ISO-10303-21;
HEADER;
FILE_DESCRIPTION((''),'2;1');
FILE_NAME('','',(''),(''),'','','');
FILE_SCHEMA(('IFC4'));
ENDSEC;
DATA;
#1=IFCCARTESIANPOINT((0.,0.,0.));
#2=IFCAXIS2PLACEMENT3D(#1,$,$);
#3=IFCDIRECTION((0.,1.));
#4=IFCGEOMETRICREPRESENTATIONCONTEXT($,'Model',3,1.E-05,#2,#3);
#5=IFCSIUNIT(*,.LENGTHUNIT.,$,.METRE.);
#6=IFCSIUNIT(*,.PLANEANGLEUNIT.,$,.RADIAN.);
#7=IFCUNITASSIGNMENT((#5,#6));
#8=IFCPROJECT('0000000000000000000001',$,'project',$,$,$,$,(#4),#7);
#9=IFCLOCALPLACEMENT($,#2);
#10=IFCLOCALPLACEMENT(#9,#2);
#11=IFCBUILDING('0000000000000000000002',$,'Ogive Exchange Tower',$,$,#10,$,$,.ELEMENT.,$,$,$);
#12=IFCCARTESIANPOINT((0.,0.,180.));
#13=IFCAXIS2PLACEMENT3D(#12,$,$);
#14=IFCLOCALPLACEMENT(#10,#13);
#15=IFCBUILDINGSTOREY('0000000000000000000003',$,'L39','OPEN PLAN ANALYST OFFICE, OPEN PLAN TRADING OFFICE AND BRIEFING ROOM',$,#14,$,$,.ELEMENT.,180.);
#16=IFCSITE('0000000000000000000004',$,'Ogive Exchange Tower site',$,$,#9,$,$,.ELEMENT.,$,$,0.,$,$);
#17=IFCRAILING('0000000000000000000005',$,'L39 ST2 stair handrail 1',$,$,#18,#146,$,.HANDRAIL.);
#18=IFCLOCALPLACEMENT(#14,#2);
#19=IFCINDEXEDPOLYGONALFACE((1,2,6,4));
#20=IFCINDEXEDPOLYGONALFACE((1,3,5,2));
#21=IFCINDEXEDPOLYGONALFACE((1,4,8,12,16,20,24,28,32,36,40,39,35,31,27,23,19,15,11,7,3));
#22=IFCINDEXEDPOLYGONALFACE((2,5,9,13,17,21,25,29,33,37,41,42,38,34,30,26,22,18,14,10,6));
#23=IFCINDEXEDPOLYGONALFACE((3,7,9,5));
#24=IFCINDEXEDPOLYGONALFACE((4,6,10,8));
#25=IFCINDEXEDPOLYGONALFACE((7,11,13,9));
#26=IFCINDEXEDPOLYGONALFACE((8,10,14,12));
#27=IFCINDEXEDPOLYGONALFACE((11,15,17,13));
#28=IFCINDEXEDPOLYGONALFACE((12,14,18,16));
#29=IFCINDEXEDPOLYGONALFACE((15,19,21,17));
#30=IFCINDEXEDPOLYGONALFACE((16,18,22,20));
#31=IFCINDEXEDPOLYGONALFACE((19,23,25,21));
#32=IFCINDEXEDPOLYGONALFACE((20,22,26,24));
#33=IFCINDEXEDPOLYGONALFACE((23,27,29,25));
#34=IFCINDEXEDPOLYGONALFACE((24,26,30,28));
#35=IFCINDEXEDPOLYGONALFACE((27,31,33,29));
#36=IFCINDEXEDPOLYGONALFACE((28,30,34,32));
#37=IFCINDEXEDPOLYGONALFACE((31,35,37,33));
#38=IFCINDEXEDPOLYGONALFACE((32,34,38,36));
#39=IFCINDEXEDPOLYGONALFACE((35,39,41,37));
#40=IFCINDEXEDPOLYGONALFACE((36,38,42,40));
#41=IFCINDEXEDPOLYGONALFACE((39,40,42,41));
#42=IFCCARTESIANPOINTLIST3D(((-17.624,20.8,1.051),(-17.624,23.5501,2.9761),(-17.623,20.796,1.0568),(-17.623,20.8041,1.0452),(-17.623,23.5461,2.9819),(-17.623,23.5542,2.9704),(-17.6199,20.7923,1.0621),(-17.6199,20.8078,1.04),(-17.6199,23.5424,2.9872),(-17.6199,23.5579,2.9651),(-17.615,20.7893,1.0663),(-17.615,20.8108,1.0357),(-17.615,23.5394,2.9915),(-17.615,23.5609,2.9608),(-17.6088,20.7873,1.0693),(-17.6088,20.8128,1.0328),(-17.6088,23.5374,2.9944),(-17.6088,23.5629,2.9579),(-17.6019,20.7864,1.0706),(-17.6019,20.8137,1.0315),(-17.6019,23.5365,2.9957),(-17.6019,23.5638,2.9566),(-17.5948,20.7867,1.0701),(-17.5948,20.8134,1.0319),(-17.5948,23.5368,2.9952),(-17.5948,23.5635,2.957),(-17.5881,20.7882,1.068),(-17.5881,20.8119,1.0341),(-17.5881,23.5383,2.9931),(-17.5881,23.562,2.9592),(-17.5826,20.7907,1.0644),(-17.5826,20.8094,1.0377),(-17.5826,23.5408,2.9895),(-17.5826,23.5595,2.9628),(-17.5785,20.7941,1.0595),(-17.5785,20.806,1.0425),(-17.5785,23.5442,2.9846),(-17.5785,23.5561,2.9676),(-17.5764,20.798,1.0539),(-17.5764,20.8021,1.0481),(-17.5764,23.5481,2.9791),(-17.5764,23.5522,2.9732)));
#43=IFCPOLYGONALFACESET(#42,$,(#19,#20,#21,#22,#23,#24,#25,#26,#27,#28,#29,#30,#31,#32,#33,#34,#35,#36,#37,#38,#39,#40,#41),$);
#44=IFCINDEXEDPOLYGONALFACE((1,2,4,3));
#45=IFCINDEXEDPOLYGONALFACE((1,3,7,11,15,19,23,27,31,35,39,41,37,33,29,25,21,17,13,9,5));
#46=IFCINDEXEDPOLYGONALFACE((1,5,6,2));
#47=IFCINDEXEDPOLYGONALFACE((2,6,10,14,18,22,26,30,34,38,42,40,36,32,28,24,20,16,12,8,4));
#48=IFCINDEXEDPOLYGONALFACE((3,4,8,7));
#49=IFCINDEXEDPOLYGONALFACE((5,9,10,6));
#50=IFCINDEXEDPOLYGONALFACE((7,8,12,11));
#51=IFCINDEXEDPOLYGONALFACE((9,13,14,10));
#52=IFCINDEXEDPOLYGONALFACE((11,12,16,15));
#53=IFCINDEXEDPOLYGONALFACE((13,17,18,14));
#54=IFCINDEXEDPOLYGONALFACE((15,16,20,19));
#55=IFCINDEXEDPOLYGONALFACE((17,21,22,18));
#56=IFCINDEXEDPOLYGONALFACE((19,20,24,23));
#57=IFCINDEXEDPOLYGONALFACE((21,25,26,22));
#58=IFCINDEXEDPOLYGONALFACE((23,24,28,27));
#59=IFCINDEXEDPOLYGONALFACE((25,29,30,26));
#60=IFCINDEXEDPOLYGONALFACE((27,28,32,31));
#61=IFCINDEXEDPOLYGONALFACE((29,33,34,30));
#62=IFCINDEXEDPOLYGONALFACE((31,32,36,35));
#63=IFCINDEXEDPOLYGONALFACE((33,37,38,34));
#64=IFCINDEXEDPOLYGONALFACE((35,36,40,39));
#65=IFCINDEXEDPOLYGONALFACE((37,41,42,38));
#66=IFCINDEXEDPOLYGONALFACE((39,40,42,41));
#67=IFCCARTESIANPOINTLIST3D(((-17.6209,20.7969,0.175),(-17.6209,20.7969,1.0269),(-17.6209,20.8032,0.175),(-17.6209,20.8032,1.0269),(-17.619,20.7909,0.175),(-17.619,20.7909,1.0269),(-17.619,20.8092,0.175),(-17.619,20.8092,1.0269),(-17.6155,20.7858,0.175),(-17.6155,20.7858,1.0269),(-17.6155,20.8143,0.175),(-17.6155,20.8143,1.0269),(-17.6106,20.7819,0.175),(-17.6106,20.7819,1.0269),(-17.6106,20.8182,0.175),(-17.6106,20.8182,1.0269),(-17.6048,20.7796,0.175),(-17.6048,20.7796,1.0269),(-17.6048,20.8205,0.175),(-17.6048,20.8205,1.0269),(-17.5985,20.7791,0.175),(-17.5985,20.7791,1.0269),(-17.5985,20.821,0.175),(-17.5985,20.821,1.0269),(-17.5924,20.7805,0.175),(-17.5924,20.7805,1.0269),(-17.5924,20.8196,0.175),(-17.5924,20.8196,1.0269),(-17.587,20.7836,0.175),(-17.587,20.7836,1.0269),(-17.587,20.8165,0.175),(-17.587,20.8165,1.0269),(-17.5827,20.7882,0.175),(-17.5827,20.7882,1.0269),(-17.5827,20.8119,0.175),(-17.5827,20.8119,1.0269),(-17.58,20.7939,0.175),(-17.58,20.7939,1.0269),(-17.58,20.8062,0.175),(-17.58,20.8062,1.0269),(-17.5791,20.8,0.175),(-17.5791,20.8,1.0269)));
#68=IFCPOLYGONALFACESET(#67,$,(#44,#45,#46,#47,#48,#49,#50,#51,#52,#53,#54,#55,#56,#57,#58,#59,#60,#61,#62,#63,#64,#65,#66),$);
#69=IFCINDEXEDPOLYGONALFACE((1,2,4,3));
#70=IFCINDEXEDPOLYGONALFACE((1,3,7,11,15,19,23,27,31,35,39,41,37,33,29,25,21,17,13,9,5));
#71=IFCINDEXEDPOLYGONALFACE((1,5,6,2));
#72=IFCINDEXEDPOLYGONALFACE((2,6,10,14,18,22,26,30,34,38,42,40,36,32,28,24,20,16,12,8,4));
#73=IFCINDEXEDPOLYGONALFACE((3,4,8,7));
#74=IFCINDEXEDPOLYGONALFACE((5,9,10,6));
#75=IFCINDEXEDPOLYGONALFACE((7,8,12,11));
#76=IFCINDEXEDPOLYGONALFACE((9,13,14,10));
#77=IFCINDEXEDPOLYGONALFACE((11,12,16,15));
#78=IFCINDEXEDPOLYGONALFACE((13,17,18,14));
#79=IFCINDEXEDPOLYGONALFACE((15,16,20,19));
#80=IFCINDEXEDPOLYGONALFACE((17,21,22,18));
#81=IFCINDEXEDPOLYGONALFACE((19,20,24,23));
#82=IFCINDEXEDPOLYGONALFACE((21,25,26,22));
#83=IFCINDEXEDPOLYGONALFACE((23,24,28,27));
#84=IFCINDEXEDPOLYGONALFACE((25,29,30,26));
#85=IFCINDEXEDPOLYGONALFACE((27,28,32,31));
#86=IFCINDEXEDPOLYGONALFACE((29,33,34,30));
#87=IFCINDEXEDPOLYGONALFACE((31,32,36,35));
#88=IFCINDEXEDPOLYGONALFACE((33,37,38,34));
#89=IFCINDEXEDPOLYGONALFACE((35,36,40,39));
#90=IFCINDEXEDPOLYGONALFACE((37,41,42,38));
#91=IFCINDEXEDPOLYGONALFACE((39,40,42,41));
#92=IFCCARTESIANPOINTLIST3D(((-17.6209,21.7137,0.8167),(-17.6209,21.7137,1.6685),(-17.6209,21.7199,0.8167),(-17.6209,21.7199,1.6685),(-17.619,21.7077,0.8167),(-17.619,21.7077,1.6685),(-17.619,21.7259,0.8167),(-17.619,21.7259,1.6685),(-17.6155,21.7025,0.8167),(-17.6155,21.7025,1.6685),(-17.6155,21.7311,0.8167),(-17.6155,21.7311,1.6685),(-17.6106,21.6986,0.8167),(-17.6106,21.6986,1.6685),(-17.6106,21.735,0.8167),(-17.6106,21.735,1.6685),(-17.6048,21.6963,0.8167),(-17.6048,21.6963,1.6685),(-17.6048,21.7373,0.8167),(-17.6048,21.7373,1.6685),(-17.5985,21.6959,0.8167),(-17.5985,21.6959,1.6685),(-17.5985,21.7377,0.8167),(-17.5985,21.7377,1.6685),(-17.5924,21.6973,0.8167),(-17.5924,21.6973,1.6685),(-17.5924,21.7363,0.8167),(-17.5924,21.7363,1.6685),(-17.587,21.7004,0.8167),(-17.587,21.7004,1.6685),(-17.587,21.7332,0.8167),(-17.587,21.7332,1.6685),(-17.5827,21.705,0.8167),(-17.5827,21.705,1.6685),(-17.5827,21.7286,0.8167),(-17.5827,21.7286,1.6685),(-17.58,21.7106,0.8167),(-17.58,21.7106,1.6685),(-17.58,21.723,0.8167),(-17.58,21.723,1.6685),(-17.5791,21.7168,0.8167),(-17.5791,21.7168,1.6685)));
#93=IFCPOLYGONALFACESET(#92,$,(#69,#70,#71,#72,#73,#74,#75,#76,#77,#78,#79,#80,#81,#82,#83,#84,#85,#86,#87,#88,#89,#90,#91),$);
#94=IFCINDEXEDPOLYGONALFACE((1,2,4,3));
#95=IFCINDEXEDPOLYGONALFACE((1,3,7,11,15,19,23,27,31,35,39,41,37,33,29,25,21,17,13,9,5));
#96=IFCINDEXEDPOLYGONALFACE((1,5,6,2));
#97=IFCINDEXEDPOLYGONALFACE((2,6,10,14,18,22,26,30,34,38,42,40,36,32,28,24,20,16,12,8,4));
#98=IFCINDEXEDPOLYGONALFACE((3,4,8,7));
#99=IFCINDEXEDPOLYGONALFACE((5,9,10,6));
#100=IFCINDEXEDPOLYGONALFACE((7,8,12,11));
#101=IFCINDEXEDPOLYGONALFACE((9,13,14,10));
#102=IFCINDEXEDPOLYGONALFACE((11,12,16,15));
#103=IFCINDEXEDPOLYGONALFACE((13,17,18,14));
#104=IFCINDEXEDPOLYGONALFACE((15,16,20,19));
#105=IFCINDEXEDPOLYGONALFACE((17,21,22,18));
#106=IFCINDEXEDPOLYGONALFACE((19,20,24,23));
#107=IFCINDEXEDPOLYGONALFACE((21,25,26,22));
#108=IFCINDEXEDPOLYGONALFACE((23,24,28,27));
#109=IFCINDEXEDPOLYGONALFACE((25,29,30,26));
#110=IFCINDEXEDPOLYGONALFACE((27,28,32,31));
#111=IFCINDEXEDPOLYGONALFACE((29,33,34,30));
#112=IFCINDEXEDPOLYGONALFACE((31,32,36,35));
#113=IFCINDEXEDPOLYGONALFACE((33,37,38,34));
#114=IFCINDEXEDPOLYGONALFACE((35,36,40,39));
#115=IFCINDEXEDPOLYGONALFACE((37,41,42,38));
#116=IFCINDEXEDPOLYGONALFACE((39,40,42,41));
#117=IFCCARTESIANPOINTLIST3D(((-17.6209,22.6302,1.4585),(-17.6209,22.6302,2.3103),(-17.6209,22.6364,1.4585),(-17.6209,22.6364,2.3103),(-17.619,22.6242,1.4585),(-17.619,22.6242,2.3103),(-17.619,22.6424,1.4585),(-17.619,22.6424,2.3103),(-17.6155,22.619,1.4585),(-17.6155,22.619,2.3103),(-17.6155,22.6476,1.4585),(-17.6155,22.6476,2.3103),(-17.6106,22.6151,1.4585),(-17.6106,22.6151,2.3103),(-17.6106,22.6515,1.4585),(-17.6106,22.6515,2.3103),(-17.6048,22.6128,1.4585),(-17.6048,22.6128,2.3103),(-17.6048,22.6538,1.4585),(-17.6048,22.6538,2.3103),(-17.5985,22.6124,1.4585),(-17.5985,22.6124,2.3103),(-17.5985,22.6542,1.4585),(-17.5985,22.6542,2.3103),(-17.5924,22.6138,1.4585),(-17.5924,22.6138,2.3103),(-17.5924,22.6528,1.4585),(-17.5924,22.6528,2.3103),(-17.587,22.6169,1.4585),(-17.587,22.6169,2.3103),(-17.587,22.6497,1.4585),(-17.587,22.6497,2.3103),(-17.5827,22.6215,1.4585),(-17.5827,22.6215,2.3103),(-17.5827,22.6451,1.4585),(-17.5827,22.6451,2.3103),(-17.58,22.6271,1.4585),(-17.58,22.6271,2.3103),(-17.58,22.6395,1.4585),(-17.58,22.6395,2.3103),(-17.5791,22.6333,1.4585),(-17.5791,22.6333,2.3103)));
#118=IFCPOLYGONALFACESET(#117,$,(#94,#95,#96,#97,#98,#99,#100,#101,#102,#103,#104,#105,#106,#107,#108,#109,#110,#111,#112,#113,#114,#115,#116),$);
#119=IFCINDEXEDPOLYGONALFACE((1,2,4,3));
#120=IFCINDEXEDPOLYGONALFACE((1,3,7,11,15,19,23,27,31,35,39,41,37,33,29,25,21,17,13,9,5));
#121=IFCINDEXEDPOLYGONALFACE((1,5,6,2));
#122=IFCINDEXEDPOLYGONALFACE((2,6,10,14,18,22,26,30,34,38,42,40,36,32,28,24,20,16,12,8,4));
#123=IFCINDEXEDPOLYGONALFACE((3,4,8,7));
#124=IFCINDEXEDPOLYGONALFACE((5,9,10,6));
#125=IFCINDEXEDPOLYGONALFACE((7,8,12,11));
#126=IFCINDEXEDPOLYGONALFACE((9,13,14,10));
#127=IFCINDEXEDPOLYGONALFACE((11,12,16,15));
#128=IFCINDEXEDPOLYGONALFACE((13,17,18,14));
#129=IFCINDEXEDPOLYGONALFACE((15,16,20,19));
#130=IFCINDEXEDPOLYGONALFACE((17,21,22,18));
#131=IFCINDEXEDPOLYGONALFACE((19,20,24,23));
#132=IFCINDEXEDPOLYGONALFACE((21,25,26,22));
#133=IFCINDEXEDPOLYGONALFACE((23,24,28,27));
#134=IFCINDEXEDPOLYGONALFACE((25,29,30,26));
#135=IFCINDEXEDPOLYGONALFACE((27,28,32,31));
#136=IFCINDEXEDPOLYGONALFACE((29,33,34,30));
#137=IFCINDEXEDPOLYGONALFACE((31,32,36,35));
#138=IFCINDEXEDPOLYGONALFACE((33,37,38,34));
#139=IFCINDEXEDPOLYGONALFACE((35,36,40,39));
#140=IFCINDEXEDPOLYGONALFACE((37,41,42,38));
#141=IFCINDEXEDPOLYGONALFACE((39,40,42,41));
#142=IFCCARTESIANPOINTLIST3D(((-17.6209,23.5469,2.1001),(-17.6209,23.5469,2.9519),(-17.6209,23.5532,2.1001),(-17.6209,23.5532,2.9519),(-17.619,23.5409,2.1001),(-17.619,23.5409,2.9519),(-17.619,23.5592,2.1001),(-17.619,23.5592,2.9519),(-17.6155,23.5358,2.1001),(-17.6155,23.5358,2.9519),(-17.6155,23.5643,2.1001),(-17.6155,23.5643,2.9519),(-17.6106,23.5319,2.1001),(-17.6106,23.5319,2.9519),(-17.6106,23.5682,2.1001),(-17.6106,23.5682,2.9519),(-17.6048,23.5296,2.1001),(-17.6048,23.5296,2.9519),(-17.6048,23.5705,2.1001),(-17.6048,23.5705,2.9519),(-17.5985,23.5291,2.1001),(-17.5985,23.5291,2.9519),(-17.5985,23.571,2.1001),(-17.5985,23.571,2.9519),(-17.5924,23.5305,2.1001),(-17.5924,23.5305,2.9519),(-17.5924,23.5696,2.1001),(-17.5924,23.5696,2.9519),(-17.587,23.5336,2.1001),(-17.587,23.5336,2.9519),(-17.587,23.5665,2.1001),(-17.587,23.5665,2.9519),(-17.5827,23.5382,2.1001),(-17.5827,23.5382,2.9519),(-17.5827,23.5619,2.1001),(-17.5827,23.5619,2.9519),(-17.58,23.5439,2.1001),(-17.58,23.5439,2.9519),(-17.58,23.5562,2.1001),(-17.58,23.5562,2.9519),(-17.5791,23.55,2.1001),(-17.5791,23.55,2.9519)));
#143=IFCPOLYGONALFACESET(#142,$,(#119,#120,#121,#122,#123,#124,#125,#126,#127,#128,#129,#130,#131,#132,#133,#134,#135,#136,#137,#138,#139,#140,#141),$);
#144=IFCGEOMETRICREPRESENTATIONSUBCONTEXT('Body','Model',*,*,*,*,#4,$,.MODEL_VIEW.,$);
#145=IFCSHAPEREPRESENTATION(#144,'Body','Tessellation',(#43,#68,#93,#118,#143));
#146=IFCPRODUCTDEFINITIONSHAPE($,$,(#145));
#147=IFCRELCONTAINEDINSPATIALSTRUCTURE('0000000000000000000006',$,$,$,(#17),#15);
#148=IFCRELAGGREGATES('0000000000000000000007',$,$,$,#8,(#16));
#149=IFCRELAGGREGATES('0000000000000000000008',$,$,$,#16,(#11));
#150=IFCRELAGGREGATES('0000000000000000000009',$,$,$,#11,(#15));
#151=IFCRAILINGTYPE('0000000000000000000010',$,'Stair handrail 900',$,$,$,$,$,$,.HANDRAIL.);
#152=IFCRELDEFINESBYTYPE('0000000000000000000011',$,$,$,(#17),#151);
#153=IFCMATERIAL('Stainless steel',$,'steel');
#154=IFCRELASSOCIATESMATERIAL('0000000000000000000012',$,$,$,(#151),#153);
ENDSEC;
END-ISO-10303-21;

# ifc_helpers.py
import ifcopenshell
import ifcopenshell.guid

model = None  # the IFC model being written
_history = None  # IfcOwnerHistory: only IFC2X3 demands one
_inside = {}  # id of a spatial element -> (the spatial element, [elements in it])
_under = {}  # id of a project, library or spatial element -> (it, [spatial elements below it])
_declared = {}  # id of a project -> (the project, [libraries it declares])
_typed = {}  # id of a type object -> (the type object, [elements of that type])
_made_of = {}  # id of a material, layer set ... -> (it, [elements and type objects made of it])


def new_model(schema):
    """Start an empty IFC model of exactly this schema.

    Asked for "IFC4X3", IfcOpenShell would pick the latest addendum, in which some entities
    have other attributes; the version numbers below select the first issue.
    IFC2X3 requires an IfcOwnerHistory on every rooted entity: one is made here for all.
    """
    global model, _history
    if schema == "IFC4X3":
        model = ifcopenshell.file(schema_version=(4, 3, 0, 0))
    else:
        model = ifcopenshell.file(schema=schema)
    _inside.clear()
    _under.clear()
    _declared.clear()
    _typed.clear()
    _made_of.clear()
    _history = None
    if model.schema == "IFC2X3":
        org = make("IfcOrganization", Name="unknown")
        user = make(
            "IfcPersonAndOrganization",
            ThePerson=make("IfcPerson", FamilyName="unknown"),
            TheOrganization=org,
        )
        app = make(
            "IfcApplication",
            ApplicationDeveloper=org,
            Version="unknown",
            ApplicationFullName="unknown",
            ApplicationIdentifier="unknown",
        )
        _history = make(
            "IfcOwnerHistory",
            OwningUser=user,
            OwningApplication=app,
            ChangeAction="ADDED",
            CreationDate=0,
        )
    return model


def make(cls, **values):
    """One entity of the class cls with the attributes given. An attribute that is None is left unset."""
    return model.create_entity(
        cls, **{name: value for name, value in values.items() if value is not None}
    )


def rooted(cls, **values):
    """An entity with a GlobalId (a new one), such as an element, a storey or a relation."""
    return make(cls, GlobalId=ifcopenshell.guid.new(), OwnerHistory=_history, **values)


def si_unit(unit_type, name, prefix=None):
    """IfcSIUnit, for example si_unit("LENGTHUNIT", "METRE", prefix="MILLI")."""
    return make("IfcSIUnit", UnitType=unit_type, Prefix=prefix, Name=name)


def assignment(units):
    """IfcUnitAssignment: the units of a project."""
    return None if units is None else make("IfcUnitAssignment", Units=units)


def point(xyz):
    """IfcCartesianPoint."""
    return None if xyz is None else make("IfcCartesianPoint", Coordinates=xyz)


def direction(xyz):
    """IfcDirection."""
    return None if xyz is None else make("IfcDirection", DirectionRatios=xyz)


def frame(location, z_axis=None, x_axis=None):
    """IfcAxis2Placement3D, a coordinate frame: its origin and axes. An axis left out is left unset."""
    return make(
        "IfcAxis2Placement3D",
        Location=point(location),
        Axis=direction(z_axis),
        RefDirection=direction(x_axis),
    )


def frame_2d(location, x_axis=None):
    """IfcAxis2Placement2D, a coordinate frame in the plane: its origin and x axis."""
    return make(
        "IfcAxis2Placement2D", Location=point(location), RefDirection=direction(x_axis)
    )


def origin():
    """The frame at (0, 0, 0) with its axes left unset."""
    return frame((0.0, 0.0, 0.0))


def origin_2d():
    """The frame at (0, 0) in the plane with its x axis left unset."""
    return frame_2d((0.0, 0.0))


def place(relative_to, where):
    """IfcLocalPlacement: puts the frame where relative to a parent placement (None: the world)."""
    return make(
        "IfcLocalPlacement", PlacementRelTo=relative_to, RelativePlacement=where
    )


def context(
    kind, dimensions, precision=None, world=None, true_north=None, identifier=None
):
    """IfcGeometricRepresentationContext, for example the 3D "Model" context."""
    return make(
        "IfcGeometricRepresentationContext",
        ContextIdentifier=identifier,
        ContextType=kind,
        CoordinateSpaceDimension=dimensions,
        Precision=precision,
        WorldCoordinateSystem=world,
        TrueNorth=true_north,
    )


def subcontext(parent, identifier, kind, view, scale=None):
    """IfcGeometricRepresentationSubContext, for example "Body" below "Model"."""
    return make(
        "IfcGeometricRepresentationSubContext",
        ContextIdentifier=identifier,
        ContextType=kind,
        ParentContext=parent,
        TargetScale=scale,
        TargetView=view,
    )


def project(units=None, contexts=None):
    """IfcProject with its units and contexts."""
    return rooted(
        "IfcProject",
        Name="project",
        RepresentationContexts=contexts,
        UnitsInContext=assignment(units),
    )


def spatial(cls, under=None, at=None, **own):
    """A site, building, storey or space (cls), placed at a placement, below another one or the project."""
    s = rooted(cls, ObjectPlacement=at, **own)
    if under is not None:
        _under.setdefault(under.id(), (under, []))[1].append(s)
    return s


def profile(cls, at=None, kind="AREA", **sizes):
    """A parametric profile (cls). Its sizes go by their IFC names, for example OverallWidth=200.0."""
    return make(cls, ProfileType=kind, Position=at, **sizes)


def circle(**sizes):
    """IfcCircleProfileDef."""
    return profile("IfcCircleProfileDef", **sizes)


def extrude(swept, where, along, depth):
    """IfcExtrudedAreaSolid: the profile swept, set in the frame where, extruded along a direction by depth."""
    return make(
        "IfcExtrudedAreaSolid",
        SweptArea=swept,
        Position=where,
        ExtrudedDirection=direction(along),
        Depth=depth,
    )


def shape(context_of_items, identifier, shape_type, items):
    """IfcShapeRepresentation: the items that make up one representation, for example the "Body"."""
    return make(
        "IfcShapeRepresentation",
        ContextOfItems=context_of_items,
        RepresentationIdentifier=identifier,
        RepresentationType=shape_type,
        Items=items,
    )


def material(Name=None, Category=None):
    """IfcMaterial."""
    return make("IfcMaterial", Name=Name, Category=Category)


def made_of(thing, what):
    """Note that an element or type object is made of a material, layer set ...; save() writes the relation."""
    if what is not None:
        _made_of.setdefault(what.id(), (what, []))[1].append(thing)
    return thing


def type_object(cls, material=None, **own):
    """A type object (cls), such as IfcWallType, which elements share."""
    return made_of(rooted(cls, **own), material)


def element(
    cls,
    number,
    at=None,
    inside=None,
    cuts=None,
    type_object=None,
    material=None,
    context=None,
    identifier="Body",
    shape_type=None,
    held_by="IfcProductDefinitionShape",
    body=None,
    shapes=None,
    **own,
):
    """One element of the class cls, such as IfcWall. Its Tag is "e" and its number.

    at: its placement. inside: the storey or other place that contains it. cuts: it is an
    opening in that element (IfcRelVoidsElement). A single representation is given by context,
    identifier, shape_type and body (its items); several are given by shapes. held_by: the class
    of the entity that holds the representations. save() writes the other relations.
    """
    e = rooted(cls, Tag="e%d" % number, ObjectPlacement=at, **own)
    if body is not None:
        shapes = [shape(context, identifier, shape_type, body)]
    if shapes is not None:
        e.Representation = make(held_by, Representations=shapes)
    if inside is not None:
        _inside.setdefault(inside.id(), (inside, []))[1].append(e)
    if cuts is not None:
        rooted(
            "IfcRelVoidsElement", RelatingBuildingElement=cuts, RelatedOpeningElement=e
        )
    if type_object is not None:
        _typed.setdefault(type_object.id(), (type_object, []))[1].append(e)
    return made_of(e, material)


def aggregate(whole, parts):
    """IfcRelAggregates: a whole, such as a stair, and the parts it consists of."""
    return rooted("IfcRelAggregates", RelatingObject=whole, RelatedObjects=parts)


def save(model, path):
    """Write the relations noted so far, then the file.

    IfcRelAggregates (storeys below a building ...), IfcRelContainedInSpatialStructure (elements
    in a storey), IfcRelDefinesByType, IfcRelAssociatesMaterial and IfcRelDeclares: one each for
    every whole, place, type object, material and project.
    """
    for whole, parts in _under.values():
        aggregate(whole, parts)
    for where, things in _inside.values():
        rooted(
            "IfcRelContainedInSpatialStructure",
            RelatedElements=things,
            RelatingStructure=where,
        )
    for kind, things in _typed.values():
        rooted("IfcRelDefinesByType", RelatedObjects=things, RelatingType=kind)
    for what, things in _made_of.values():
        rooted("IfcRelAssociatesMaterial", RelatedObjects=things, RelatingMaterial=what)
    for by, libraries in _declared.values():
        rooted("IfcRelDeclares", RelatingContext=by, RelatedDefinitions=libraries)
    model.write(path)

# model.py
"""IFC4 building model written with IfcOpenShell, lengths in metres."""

from ifc_helpers import new_model, si_unit, direction, frame, origin, origin_2d, place, context, subcontext, project, spatial, circle, extrude, material, type_object, element, save


model = new_model("IFC4")

# Units and contexts
model_context = context("Model", 3, precision=1e-05, world=origin(), true_north=direction((0.0, 1.0)))
body_context = subcontext(model_context, "Body", "Model", "MODEL_VIEW")
ifc_project = project(units=[si_unit("LENGTHUNIT", "METRE"), si_unit("PLANEANGLEUNIT", "RADIAN")], contexts=[model_context])

# Site, building, storey
site_placement = place(None, origin())
site = spatial("IfcSite", under=ifc_project, at=site_placement, Name="Ogive Exchange Tower site", CompositionType="ELEMENT", RefElevation=0.0)
building_placement = place(site_placement, origin())
building = spatial("IfcBuilding", under=site, at=building_placement, Name="Ogive Exchange Tower", CompositionType="ELEMENT")
storey_placement = place(building_placement, frame((0.0, 0.0, 180.0)))
storey = spatial("IfcBuildingStorey", under=building, at=storey_placement, Name="L39", Description="OPEN PLAN ANALYST OFFICE, OPEN PLAN TRADING OFFICE AND BRIEFING ROOM", CompositionType="ELEMENT", Elevation=180.0)

# Railing
ifc_material_1 = material(Name="Stainless steel", Category="steel")
railing_type = type_object("IfcRailingType", Name="Stair handrail 900", PredefinedType="HANDRAIL", material=ifc_material_1)
railing_placement = place(storey_placement, frame((-17.6001, 20.8, 0.175)))
element("IfcRailing", 1, at=railing_placement, inside=storey, type_object=railing_type, Name="L39 ST2 stair handrail 1", PredefinedType="HANDRAIL", context=body_context, shape_type="SweptSolid", body=[
    extrude(circle(Radius=0.0239, at=origin_2d()), frame((0.0, 0.0, 0.876), z_axis=(0.0, 0.819225, 0.573472), x_axis=(-1.0, 0.0, 0.0)), (0.0, 0.0, 1.0), 3.3569),
    extrude(circle(Radius=0.021, at=origin_2d()), origin(), (0.0, 0.0, 1.0), 0.8518),
    extrude(circle(Radius=0.021, at=origin_2d()), frame((0.0, 0.9167, 0.6416)), (0.0, 0.0, 1.0), 0.8518),
    extrude(circle(Radius=0.021, at=origin_2d()), frame((0.0, 1.8333, 1.2834)), (0.0, 0.0, 1.0), 0.8518),
    extrude(circle(Radius=0.021, at=origin_2d()), frame((0.0, 2.75, 1.925)), (0.0, 0.0, 1.0), 0.8518),
])

save(model, "model.ifc")
